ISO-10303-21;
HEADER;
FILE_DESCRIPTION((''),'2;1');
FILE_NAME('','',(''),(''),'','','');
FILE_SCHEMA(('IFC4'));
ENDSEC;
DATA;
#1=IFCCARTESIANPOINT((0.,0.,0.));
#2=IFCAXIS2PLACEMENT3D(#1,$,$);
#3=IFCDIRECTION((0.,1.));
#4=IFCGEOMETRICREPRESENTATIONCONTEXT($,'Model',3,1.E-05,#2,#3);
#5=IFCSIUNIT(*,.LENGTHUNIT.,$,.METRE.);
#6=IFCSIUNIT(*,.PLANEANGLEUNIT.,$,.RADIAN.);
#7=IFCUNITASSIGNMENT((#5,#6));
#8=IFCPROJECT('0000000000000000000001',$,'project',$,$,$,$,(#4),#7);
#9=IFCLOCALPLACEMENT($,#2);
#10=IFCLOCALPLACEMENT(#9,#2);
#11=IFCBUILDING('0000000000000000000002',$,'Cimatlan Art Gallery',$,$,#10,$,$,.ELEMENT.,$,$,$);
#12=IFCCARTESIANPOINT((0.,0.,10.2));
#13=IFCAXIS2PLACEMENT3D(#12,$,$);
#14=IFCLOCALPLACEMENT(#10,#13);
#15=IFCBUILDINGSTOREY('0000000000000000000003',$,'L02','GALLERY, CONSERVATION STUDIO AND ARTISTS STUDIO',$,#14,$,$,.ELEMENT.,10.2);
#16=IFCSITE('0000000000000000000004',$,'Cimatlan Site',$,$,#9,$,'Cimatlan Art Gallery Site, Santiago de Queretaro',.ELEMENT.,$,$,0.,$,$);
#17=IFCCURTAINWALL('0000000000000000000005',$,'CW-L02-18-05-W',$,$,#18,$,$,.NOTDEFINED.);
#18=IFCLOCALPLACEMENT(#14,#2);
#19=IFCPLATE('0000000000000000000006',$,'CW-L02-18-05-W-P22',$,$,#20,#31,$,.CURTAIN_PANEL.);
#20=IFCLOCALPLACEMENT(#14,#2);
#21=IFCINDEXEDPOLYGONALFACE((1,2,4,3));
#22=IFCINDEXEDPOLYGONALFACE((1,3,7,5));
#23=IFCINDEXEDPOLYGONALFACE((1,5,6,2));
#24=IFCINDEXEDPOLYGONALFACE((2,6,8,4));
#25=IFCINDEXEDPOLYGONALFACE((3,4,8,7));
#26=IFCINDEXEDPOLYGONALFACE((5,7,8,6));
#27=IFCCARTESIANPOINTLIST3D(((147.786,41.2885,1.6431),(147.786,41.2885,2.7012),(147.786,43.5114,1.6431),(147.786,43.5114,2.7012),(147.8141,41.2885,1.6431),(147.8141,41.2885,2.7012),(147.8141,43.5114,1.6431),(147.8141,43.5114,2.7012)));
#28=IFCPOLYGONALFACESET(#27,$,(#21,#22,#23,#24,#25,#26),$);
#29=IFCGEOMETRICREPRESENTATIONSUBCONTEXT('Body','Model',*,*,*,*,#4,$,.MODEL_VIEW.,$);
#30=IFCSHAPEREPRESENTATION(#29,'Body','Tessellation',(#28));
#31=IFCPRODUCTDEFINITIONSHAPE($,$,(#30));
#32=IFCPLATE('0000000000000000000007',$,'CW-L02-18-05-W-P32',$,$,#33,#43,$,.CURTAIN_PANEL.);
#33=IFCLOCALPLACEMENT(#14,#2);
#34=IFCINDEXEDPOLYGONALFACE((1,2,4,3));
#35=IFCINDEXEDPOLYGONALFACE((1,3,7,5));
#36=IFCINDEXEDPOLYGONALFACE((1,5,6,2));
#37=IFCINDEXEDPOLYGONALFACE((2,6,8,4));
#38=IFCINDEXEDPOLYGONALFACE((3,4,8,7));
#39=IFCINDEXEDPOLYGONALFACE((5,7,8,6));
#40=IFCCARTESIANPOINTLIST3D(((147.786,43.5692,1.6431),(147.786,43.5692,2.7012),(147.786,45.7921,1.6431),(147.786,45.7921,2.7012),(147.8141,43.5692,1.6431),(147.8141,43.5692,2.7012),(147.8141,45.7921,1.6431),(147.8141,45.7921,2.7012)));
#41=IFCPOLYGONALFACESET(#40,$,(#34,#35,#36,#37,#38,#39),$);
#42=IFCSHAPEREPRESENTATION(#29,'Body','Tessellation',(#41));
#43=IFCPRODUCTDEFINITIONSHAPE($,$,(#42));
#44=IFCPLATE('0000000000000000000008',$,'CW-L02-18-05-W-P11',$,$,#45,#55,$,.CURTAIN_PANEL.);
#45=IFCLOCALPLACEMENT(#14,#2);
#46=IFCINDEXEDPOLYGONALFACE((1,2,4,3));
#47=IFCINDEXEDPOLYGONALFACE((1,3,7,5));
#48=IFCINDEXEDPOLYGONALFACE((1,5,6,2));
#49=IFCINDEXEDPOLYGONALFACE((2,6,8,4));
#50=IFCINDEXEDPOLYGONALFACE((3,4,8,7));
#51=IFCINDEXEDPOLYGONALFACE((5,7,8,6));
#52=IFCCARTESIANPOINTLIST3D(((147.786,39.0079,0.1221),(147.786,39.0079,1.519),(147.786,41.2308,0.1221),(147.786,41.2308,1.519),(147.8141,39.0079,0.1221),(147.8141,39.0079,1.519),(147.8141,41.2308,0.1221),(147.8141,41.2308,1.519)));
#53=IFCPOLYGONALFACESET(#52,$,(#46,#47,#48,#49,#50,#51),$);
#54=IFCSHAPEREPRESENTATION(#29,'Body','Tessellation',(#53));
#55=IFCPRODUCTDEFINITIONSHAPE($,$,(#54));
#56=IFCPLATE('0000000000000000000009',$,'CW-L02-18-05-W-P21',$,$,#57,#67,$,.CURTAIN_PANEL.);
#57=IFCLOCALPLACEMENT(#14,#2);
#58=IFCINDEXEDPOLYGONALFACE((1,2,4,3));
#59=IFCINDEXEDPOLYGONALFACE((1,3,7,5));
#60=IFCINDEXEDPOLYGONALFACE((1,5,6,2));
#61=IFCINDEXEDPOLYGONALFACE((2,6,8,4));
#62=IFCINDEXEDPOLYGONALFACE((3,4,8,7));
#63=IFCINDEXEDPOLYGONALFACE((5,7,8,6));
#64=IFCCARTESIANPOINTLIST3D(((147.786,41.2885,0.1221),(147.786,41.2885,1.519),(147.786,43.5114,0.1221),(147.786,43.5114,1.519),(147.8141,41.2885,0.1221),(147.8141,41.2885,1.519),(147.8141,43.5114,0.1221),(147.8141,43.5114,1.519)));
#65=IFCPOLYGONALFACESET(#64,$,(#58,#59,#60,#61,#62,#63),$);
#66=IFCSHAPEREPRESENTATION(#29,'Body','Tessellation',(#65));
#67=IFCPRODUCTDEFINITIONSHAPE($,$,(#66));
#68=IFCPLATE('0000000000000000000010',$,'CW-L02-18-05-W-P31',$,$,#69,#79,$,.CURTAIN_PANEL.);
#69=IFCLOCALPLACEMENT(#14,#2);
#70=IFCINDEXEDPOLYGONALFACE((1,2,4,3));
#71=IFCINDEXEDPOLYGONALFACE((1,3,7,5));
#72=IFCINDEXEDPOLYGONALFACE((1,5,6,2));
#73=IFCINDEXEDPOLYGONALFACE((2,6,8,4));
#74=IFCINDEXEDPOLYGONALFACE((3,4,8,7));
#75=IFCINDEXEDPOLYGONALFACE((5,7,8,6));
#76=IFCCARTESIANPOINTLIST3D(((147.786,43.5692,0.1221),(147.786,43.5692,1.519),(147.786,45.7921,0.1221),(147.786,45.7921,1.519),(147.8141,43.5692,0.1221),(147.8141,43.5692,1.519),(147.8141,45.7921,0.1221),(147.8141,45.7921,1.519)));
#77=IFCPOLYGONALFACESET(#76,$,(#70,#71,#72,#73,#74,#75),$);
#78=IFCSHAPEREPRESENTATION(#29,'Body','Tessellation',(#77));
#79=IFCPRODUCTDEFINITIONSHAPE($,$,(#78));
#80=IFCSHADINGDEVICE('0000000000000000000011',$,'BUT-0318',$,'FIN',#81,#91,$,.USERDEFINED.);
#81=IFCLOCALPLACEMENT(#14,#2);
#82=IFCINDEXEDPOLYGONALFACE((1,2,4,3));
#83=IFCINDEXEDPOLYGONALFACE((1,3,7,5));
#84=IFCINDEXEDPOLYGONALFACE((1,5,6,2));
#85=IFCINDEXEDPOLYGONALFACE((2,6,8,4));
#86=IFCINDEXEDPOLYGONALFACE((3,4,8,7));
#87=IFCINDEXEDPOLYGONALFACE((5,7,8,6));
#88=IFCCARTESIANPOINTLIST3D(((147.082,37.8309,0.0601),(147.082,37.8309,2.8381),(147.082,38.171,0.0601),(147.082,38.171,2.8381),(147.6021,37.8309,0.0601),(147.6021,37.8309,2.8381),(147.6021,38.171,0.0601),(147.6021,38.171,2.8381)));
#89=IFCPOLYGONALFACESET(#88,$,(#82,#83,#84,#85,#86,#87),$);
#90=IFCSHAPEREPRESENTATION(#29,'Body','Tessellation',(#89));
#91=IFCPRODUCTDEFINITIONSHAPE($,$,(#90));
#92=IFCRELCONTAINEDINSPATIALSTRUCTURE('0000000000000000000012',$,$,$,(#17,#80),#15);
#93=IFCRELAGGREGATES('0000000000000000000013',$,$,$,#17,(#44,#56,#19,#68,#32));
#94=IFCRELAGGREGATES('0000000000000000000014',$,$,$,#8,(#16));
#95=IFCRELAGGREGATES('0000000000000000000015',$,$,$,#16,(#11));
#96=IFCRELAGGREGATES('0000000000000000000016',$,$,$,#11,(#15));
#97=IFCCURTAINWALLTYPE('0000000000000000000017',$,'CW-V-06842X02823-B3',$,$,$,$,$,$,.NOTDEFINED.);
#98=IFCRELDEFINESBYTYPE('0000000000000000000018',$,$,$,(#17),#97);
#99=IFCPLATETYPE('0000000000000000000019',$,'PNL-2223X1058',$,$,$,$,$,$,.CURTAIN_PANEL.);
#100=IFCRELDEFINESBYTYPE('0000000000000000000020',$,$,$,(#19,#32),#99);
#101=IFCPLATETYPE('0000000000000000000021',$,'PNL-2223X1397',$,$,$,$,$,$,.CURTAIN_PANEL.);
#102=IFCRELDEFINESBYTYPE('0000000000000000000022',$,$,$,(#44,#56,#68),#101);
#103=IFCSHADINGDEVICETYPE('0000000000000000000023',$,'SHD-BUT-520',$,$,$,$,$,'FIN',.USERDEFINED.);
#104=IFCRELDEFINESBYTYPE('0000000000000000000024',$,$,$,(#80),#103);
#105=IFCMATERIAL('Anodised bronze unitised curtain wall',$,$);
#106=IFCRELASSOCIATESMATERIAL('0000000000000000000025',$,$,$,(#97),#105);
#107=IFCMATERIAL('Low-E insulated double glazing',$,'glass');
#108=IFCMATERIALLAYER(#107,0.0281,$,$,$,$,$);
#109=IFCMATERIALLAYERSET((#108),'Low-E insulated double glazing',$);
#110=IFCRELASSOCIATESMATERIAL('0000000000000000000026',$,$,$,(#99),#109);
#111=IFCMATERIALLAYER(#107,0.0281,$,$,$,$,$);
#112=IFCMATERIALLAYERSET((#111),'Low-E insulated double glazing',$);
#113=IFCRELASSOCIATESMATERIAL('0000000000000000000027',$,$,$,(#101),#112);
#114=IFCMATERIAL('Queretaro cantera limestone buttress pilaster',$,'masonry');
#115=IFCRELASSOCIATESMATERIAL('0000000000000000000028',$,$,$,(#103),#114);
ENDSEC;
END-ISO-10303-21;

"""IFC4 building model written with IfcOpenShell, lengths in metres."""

from ifc_helpers import new_model, si_unit, direction, frame, origin, origin_2d, place, context, subcontext, project, spatial, rectangle, extrude, material, layer, layer_set, type_object, element, aggregate, save


model = new_model("IFC4")

# Units and contexts
model_context = context("Model", 3, precision=1e-05, world=origin(), true_north=direction((0.0, 1.0)))
body_context = subcontext(model_context, "Body", "Model", "MODEL_VIEW")
ifc_project = project(units=[si_unit("LENGTHUNIT", "METRE"), si_unit("PLANEANGLEUNIT", "RADIAN")], contexts=[model_context])

# Site, building, storey
site_placement = place(None, origin())
site = spatial("IfcSite", under=ifc_project, at=site_placement, Name="Cimatlan Site", LongName="Cimatlan Art Gallery Site, Santiago de Queretaro", CompositionType="ELEMENT", RefElevation=0.0)
building_placement = place(site_placement, origin())
building = spatial("IfcBuilding", under=site, at=building_placement, Name="Cimatlan Art Gallery", CompositionType="ELEMENT")
storey_placement = place(building_placement, frame((0.0, 0.0, 10.2)))
storey = spatial("IfcBuildingStorey", under=building, at=storey_placement, Name="L02", Description="GALLERY, CONSERVATION STUDIO AND ARTISTS STUDIO", CompositionType="ELEMENT", Elevation=10.2)

# Curtain wall
ifc_material_1 = material(Name="Anodised bronze unitised curtain wall")
curtain_wall_type_1 = type_object("IfcCurtainWallType", Name="CW-V-06842X02823-B3", PredefinedType="NOTDEFINED", material=ifc_material_1)
curtain_wall_1_placement = place(storey_placement, origin())
curtain_wall_1 = element("IfcCurtainWall", 1, at=curtain_wall_1_placement, inside=storey, type_object=curtain_wall_type_1, Name="CW-L02-18-05-W", PredefinedType="NOTDEFINED")

# Plates
ifc_material_2 = material(Name="Low-E insulated double glazing", Category="glass")
ifc_layer_1 = layer(ifc_material_2, 0.0281)
ifc_layer_set_1 = layer_set([ifc_layer_1], Name="Low-E insulated double glazing")
plate_type_1 = type_object("IfcPlateType", Name="PNL-2223X1058", PredefinedType="CURTAIN_PANEL", material=ifc_layer_set_1)
plate_1_placement = place(storey_placement, frame((147.8, 42.3999, 1.6431), z_axis=(0.0, 0.0, 1.0), x_axis=(0.0, 1.0, 0.0)))
plate_1 = element("IfcPlate", 2, at=plate_1_placement, type_object=plate_type_1, Name="CW-L02-18-05-W-P22", PredefinedType="CURTAIN_PANEL", context=body_context, shape_type="SweptSolid", body=[
    extrude(rectangle(XDim=2.2229, YDim=0.0281, at=origin_2d()), origin(), (0.0, 0.0, 1.0), 1.0581),
])
plate_2_placement = place(storey_placement, frame((147.8, 44.6807, 1.6431), z_axis=(0.0, 0.0, 1.0), x_axis=(0.0, 1.0, 0.0)))
plate_2 = element("IfcPlate", 3, at=plate_2_placement, type_object=plate_type_1, Name="CW-L02-18-05-W-P32", PredefinedType="CURTAIN_PANEL", context=body_context, shape_type="SweptSolid", body=[
    extrude(rectangle(XDim=2.2229, YDim=0.0281, at=origin_2d()), origin(), (0.0, 0.0, 1.0), 1.0581),
])
ifc_layer_2 = layer(ifc_material_2, 0.0281)
ifc_layer_set_2 = layer_set([ifc_layer_2], Name="Low-E insulated double glazing")
plate_type_2 = type_object("IfcPlateType", Name="PNL-2223X1397", PredefinedType="CURTAIN_PANEL", material=ifc_layer_set_2)
plate_3_placement = place(storey_placement, frame((147.8, 40.1194, 0.1221), z_axis=(0.0, 0.0, 1.0), x_axis=(0.0, 1.0, 0.0)))
plate_3 = element("IfcPlate", 4, at=plate_3_placement, type_object=plate_type_2, Name="CW-L02-18-05-W-P11", PredefinedType="CURTAIN_PANEL", context=body_context, shape_type="SweptSolid", body=[
    extrude(rectangle(XDim=2.2229, YDim=0.0281, at=origin_2d()), origin(), (0.0, 0.0, 1.0), 1.397),
])
plate_4_placement = place(storey_placement, frame((147.8, 42.3999, 0.1221), z_axis=(0.0, 0.0, 1.0), x_axis=(0.0, 1.0, 0.0)))
plate_4 = element("IfcPlate", 5, at=plate_4_placement, type_object=plate_type_2, Name="CW-L02-18-05-W-P21", PredefinedType="CURTAIN_PANEL", context=body_context, shape_type="SweptSolid", body=[
    extrude(rectangle(XDim=2.2229, YDim=0.0281, at=origin_2d()), origin(), (0.0, 0.0, 1.0), 1.397),
])
plate_5_placement = place(storey_placement, frame((147.8, 44.6807, 0.1221), z_axis=(0.0, 0.0, 1.0), x_axis=(0.0, 1.0, 0.0)))
plate_5 = element("IfcPlate", 6, at=plate_5_placement, type_object=plate_type_2, Name="CW-L02-18-05-W-P31", PredefinedType="CURTAIN_PANEL", context=body_context, shape_type="SweptSolid", body=[
    extrude(rectangle(XDim=2.2229, YDim=0.0281, at=origin_2d()), origin(), (0.0, 0.0, 1.0), 1.397),
])
aggregate(curtain_wall_1, [plate_3, plate_4, plate_1, plate_5, plate_2])

# Shading device
ifc_material_3 = material(Name="Queretaro cantera limestone buttress pilaster", Category="masonry")
shading_device_type = type_object("IfcShadingDeviceType", Name="SHD-BUT-520", ElementType="FIN", PredefinedType="USERDEFINED", material=ifc_material_3)
shading_device_placement = place(storey_placement, frame((147.342, 38.001, 0.0601), z_axis=(0.0, 0.0, 1.0), x_axis=(0.0, 1.0, 0.0)))
element("IfcShadingDevice", 7, at=shading_device_placement, inside=storey, type_object=shading_device_type, Name="BUT-0318", ObjectType="FIN", PredefinedType="USERDEFINED", context=body_context, shape_type="SweptSolid", body=[
    extrude(rectangle(XDim=0.3401, YDim=0.52, at=origin_2d()), origin(), (0.0, 0.0, 1.0), 2.7781),
])

save(model, "model.ifc")
